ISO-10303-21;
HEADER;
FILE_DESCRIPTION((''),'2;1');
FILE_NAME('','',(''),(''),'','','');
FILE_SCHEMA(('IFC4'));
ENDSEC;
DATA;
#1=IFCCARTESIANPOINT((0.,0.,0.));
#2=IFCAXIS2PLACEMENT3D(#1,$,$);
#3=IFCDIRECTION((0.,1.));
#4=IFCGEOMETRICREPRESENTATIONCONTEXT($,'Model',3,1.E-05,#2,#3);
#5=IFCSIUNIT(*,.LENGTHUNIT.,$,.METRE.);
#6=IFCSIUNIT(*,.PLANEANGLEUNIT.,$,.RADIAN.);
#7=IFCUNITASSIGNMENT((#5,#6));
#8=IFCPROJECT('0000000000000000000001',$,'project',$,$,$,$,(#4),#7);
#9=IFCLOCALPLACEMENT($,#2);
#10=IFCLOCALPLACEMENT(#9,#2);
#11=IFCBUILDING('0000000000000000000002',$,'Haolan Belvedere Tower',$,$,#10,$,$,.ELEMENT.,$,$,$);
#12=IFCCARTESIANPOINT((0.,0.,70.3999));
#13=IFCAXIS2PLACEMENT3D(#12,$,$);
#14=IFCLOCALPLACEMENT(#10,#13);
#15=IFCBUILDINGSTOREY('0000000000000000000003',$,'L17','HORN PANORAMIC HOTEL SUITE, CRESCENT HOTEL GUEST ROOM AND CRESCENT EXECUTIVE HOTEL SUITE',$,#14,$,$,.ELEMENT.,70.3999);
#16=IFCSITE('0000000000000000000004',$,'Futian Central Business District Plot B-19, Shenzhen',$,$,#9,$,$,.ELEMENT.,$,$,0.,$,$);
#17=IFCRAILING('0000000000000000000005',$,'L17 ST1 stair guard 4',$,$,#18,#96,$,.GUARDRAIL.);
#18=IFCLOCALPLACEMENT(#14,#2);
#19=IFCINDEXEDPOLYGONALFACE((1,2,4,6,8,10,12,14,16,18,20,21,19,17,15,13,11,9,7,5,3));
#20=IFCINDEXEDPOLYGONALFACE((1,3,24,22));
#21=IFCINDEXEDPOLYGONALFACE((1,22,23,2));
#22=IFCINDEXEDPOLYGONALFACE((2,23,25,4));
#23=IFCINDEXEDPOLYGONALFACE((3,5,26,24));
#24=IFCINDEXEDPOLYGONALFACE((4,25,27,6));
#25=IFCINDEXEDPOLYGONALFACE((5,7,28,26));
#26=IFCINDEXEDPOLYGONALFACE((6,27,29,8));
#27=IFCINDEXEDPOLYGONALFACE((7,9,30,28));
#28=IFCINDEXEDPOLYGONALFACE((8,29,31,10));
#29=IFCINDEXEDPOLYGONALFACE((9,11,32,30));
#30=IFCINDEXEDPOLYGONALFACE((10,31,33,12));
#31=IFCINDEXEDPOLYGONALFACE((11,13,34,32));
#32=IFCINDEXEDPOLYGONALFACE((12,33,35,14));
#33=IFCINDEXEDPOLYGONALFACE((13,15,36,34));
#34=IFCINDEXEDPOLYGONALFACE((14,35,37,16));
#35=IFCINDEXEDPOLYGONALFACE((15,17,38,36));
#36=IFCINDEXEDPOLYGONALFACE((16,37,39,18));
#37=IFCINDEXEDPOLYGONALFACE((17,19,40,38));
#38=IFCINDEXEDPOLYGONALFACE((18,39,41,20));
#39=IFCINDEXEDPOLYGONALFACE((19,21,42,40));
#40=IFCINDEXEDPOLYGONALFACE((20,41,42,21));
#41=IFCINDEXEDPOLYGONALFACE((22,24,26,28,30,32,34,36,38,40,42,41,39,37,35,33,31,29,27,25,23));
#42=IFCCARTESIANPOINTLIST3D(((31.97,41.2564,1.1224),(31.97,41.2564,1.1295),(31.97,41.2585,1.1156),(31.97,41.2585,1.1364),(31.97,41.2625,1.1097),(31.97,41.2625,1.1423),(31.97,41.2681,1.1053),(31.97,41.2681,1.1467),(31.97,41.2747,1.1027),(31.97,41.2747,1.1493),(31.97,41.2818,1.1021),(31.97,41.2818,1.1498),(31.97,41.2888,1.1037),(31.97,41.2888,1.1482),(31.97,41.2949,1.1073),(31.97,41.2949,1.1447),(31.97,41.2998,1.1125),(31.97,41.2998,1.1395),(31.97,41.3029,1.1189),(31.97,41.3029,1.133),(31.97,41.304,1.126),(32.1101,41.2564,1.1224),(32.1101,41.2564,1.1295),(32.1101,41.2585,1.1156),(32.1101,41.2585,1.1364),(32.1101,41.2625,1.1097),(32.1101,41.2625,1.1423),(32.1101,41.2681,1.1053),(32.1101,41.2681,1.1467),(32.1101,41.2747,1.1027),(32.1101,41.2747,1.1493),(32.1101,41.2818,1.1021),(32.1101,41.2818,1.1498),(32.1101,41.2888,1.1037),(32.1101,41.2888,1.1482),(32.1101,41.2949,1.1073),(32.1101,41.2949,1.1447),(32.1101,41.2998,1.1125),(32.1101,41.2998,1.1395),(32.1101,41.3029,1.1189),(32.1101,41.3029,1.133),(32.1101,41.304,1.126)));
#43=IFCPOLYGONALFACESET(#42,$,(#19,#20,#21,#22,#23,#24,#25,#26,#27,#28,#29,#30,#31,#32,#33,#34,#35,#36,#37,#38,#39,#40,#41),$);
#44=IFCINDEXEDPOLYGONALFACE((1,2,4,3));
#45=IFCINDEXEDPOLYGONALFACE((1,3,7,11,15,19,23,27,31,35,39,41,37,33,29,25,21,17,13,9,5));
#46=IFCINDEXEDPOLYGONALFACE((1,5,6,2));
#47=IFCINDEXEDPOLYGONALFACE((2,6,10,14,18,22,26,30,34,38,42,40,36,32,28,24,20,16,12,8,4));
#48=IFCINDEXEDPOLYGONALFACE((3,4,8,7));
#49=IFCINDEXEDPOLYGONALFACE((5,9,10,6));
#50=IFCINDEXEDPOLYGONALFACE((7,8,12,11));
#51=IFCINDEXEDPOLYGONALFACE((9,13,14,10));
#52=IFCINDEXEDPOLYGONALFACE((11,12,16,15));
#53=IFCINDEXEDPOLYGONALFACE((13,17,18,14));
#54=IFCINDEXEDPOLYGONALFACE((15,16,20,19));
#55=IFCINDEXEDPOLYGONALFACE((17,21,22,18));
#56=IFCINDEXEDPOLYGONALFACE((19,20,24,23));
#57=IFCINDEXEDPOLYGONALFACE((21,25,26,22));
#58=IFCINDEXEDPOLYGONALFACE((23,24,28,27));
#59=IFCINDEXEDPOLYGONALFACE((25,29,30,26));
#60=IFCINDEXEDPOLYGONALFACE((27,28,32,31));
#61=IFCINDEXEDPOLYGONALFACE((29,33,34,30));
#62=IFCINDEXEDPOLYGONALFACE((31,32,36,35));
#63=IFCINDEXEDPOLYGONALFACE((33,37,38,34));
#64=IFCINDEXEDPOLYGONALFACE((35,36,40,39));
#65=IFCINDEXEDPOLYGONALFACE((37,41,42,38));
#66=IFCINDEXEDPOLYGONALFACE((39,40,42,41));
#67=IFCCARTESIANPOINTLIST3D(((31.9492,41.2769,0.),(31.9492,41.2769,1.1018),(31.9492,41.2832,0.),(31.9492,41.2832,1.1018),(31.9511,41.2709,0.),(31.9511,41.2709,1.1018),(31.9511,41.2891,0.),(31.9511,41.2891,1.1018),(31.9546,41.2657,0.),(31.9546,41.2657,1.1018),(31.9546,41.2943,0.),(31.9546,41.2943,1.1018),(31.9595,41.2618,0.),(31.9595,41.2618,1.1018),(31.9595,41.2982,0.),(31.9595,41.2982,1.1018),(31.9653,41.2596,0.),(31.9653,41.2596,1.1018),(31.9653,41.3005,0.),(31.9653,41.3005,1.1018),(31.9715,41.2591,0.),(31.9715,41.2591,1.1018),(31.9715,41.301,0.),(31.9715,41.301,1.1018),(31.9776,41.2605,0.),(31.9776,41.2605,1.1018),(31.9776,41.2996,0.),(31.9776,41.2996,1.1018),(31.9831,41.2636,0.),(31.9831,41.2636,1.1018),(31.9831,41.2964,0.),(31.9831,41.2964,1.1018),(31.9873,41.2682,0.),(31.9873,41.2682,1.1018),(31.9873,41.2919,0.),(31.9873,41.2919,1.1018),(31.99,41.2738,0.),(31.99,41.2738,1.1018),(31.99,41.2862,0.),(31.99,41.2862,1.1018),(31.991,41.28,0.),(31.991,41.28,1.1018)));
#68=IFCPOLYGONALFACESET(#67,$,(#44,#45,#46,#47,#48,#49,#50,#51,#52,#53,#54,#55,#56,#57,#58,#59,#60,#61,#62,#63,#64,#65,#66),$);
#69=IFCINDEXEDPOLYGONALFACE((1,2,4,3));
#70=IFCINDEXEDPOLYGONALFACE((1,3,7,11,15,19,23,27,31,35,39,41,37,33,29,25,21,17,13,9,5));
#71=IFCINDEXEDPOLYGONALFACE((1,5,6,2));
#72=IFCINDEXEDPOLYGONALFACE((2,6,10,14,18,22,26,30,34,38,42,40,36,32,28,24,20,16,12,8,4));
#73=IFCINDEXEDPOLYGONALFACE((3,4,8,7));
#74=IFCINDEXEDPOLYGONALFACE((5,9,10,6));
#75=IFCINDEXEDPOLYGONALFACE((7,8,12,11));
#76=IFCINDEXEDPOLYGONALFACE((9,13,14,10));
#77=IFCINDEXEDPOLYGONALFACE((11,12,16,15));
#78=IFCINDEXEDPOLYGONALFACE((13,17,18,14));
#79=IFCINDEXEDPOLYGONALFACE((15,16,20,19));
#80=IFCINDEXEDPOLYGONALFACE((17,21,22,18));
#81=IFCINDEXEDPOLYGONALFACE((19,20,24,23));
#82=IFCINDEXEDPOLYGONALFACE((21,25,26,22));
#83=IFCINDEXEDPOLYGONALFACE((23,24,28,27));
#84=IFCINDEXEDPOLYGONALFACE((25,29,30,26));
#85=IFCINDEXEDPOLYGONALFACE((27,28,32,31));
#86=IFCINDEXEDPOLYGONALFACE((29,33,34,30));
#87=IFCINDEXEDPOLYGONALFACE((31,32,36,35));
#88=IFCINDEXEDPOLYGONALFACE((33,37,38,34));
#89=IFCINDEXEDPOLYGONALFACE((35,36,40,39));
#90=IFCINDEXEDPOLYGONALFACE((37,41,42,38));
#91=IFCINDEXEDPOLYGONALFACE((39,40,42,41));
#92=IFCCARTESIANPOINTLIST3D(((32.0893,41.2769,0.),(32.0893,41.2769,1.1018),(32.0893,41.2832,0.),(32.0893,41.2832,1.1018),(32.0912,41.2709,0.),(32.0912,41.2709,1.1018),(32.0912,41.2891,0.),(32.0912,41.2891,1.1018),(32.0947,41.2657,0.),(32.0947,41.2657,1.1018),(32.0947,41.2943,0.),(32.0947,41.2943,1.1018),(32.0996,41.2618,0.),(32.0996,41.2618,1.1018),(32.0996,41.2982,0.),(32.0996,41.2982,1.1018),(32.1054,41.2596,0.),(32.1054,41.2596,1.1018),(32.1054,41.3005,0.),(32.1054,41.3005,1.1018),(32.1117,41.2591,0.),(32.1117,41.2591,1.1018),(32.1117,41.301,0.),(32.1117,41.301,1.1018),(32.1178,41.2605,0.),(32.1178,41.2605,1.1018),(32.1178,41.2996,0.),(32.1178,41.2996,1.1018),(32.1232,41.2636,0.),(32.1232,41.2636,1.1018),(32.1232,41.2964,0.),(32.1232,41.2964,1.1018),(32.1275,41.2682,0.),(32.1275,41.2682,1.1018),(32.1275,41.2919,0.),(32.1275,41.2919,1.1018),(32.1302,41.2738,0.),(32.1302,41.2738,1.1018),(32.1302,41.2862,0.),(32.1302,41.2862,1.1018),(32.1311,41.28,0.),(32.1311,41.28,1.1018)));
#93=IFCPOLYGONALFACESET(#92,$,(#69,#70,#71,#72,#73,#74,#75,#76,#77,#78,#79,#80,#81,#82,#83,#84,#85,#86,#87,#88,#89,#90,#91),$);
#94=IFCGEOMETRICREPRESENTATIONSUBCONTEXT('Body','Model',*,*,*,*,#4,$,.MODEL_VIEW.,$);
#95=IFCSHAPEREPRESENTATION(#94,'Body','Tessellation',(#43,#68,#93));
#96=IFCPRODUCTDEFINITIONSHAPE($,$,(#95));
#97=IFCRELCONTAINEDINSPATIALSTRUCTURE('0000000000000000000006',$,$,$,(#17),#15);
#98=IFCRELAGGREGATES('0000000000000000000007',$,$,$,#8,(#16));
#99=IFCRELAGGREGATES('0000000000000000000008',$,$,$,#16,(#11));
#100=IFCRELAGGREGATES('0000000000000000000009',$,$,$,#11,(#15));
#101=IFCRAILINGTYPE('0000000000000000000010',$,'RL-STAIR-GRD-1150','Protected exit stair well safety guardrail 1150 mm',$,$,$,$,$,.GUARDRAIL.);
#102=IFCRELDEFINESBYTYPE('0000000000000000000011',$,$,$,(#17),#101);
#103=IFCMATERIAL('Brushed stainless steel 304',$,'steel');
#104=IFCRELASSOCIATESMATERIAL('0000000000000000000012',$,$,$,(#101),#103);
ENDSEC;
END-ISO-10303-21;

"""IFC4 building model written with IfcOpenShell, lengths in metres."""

from ifc_helpers import new_model, si_unit, direction, frame, origin, origin_2d, place, context, subcontext, project, spatial, circle, extrude, material, type_object, element, save


model = new_model("IFC4")

# Units and contexts
model_context = context("Model", 3, precision=1e-05, world=origin(), true_north=direction((0.0, 1.0)))
body_context = subcontext(model_context, "Body", "Model", "MODEL_VIEW")
ifc_project = project(units=[si_unit("LENGTHUNIT", "METRE"), si_unit("PLANEANGLEUNIT", "RADIAN")], contexts=[model_context])

# Site, building, storey
site_placement = place(None, origin())
site = spatial("IfcSite", under=ifc_project, at=site_placement, Name="Futian Central Business District Plot B-19, Shenzhen", CompositionType="ELEMENT", RefElevation=0.0)
building_placement = place(site_placement, origin())
building = spatial("IfcBuilding", under=site, at=building_placement, Name="Haolan Belvedere Tower", CompositionType="ELEMENT")
storey_placement = place(building_placement, frame((0.0, 0.0, 70.3999)))
storey = spatial("IfcBuildingStorey", under=building, at=storey_placement, Name="L17", Description="HORN PANORAMIC HOTEL SUITE, CRESCENT HOTEL GUEST ROOM AND CRESCENT EXECUTIVE HOTEL SUITE", CompositionType="ELEMENT", Elevation=70.3999)

# Railing
ifc_material_1 = material(Name="Brushed stainless steel 304", Category="steel")
railing_type_1 = type_object("IfcRailingType", Name="RL-STAIR-GRD-1150", Description="Protected exit stair well safety guardrail 1150 mm", PredefinedType="GUARDRAIL", material=ifc_material_1)
railing_1_placement = place(storey_placement, frame((31.97, 41.28, 0.0)))
element("IfcRailing", 1, at=railing_1_placement, inside=storey, type_object=railing_type_1, Name="L17 ST1 stair guard 4", PredefinedType="GUARDRAIL", context=body_context, shape_type="SweptSolid", body=[
    extrude(circle(Radius=0.0239, at=origin_2d()), frame((0.0, 0.0, 1.126), z_axis=(1.0, 0.0, 0.0), x_axis=(0.0, 1.0, 0.0)), (0.0, 0.0, 1.0), 0.1401),
    extrude(circle(Radius=0.021, at=origin_2d()), origin(), (0.0, 0.0, 1.0), 1.1018),
    extrude(circle(Radius=0.021, at=origin_2d()), frame((0.1401, 0.0, 0.0)), (0.0, 0.0, 1.0), 1.1018),
])

save(model, "model.ifc")
